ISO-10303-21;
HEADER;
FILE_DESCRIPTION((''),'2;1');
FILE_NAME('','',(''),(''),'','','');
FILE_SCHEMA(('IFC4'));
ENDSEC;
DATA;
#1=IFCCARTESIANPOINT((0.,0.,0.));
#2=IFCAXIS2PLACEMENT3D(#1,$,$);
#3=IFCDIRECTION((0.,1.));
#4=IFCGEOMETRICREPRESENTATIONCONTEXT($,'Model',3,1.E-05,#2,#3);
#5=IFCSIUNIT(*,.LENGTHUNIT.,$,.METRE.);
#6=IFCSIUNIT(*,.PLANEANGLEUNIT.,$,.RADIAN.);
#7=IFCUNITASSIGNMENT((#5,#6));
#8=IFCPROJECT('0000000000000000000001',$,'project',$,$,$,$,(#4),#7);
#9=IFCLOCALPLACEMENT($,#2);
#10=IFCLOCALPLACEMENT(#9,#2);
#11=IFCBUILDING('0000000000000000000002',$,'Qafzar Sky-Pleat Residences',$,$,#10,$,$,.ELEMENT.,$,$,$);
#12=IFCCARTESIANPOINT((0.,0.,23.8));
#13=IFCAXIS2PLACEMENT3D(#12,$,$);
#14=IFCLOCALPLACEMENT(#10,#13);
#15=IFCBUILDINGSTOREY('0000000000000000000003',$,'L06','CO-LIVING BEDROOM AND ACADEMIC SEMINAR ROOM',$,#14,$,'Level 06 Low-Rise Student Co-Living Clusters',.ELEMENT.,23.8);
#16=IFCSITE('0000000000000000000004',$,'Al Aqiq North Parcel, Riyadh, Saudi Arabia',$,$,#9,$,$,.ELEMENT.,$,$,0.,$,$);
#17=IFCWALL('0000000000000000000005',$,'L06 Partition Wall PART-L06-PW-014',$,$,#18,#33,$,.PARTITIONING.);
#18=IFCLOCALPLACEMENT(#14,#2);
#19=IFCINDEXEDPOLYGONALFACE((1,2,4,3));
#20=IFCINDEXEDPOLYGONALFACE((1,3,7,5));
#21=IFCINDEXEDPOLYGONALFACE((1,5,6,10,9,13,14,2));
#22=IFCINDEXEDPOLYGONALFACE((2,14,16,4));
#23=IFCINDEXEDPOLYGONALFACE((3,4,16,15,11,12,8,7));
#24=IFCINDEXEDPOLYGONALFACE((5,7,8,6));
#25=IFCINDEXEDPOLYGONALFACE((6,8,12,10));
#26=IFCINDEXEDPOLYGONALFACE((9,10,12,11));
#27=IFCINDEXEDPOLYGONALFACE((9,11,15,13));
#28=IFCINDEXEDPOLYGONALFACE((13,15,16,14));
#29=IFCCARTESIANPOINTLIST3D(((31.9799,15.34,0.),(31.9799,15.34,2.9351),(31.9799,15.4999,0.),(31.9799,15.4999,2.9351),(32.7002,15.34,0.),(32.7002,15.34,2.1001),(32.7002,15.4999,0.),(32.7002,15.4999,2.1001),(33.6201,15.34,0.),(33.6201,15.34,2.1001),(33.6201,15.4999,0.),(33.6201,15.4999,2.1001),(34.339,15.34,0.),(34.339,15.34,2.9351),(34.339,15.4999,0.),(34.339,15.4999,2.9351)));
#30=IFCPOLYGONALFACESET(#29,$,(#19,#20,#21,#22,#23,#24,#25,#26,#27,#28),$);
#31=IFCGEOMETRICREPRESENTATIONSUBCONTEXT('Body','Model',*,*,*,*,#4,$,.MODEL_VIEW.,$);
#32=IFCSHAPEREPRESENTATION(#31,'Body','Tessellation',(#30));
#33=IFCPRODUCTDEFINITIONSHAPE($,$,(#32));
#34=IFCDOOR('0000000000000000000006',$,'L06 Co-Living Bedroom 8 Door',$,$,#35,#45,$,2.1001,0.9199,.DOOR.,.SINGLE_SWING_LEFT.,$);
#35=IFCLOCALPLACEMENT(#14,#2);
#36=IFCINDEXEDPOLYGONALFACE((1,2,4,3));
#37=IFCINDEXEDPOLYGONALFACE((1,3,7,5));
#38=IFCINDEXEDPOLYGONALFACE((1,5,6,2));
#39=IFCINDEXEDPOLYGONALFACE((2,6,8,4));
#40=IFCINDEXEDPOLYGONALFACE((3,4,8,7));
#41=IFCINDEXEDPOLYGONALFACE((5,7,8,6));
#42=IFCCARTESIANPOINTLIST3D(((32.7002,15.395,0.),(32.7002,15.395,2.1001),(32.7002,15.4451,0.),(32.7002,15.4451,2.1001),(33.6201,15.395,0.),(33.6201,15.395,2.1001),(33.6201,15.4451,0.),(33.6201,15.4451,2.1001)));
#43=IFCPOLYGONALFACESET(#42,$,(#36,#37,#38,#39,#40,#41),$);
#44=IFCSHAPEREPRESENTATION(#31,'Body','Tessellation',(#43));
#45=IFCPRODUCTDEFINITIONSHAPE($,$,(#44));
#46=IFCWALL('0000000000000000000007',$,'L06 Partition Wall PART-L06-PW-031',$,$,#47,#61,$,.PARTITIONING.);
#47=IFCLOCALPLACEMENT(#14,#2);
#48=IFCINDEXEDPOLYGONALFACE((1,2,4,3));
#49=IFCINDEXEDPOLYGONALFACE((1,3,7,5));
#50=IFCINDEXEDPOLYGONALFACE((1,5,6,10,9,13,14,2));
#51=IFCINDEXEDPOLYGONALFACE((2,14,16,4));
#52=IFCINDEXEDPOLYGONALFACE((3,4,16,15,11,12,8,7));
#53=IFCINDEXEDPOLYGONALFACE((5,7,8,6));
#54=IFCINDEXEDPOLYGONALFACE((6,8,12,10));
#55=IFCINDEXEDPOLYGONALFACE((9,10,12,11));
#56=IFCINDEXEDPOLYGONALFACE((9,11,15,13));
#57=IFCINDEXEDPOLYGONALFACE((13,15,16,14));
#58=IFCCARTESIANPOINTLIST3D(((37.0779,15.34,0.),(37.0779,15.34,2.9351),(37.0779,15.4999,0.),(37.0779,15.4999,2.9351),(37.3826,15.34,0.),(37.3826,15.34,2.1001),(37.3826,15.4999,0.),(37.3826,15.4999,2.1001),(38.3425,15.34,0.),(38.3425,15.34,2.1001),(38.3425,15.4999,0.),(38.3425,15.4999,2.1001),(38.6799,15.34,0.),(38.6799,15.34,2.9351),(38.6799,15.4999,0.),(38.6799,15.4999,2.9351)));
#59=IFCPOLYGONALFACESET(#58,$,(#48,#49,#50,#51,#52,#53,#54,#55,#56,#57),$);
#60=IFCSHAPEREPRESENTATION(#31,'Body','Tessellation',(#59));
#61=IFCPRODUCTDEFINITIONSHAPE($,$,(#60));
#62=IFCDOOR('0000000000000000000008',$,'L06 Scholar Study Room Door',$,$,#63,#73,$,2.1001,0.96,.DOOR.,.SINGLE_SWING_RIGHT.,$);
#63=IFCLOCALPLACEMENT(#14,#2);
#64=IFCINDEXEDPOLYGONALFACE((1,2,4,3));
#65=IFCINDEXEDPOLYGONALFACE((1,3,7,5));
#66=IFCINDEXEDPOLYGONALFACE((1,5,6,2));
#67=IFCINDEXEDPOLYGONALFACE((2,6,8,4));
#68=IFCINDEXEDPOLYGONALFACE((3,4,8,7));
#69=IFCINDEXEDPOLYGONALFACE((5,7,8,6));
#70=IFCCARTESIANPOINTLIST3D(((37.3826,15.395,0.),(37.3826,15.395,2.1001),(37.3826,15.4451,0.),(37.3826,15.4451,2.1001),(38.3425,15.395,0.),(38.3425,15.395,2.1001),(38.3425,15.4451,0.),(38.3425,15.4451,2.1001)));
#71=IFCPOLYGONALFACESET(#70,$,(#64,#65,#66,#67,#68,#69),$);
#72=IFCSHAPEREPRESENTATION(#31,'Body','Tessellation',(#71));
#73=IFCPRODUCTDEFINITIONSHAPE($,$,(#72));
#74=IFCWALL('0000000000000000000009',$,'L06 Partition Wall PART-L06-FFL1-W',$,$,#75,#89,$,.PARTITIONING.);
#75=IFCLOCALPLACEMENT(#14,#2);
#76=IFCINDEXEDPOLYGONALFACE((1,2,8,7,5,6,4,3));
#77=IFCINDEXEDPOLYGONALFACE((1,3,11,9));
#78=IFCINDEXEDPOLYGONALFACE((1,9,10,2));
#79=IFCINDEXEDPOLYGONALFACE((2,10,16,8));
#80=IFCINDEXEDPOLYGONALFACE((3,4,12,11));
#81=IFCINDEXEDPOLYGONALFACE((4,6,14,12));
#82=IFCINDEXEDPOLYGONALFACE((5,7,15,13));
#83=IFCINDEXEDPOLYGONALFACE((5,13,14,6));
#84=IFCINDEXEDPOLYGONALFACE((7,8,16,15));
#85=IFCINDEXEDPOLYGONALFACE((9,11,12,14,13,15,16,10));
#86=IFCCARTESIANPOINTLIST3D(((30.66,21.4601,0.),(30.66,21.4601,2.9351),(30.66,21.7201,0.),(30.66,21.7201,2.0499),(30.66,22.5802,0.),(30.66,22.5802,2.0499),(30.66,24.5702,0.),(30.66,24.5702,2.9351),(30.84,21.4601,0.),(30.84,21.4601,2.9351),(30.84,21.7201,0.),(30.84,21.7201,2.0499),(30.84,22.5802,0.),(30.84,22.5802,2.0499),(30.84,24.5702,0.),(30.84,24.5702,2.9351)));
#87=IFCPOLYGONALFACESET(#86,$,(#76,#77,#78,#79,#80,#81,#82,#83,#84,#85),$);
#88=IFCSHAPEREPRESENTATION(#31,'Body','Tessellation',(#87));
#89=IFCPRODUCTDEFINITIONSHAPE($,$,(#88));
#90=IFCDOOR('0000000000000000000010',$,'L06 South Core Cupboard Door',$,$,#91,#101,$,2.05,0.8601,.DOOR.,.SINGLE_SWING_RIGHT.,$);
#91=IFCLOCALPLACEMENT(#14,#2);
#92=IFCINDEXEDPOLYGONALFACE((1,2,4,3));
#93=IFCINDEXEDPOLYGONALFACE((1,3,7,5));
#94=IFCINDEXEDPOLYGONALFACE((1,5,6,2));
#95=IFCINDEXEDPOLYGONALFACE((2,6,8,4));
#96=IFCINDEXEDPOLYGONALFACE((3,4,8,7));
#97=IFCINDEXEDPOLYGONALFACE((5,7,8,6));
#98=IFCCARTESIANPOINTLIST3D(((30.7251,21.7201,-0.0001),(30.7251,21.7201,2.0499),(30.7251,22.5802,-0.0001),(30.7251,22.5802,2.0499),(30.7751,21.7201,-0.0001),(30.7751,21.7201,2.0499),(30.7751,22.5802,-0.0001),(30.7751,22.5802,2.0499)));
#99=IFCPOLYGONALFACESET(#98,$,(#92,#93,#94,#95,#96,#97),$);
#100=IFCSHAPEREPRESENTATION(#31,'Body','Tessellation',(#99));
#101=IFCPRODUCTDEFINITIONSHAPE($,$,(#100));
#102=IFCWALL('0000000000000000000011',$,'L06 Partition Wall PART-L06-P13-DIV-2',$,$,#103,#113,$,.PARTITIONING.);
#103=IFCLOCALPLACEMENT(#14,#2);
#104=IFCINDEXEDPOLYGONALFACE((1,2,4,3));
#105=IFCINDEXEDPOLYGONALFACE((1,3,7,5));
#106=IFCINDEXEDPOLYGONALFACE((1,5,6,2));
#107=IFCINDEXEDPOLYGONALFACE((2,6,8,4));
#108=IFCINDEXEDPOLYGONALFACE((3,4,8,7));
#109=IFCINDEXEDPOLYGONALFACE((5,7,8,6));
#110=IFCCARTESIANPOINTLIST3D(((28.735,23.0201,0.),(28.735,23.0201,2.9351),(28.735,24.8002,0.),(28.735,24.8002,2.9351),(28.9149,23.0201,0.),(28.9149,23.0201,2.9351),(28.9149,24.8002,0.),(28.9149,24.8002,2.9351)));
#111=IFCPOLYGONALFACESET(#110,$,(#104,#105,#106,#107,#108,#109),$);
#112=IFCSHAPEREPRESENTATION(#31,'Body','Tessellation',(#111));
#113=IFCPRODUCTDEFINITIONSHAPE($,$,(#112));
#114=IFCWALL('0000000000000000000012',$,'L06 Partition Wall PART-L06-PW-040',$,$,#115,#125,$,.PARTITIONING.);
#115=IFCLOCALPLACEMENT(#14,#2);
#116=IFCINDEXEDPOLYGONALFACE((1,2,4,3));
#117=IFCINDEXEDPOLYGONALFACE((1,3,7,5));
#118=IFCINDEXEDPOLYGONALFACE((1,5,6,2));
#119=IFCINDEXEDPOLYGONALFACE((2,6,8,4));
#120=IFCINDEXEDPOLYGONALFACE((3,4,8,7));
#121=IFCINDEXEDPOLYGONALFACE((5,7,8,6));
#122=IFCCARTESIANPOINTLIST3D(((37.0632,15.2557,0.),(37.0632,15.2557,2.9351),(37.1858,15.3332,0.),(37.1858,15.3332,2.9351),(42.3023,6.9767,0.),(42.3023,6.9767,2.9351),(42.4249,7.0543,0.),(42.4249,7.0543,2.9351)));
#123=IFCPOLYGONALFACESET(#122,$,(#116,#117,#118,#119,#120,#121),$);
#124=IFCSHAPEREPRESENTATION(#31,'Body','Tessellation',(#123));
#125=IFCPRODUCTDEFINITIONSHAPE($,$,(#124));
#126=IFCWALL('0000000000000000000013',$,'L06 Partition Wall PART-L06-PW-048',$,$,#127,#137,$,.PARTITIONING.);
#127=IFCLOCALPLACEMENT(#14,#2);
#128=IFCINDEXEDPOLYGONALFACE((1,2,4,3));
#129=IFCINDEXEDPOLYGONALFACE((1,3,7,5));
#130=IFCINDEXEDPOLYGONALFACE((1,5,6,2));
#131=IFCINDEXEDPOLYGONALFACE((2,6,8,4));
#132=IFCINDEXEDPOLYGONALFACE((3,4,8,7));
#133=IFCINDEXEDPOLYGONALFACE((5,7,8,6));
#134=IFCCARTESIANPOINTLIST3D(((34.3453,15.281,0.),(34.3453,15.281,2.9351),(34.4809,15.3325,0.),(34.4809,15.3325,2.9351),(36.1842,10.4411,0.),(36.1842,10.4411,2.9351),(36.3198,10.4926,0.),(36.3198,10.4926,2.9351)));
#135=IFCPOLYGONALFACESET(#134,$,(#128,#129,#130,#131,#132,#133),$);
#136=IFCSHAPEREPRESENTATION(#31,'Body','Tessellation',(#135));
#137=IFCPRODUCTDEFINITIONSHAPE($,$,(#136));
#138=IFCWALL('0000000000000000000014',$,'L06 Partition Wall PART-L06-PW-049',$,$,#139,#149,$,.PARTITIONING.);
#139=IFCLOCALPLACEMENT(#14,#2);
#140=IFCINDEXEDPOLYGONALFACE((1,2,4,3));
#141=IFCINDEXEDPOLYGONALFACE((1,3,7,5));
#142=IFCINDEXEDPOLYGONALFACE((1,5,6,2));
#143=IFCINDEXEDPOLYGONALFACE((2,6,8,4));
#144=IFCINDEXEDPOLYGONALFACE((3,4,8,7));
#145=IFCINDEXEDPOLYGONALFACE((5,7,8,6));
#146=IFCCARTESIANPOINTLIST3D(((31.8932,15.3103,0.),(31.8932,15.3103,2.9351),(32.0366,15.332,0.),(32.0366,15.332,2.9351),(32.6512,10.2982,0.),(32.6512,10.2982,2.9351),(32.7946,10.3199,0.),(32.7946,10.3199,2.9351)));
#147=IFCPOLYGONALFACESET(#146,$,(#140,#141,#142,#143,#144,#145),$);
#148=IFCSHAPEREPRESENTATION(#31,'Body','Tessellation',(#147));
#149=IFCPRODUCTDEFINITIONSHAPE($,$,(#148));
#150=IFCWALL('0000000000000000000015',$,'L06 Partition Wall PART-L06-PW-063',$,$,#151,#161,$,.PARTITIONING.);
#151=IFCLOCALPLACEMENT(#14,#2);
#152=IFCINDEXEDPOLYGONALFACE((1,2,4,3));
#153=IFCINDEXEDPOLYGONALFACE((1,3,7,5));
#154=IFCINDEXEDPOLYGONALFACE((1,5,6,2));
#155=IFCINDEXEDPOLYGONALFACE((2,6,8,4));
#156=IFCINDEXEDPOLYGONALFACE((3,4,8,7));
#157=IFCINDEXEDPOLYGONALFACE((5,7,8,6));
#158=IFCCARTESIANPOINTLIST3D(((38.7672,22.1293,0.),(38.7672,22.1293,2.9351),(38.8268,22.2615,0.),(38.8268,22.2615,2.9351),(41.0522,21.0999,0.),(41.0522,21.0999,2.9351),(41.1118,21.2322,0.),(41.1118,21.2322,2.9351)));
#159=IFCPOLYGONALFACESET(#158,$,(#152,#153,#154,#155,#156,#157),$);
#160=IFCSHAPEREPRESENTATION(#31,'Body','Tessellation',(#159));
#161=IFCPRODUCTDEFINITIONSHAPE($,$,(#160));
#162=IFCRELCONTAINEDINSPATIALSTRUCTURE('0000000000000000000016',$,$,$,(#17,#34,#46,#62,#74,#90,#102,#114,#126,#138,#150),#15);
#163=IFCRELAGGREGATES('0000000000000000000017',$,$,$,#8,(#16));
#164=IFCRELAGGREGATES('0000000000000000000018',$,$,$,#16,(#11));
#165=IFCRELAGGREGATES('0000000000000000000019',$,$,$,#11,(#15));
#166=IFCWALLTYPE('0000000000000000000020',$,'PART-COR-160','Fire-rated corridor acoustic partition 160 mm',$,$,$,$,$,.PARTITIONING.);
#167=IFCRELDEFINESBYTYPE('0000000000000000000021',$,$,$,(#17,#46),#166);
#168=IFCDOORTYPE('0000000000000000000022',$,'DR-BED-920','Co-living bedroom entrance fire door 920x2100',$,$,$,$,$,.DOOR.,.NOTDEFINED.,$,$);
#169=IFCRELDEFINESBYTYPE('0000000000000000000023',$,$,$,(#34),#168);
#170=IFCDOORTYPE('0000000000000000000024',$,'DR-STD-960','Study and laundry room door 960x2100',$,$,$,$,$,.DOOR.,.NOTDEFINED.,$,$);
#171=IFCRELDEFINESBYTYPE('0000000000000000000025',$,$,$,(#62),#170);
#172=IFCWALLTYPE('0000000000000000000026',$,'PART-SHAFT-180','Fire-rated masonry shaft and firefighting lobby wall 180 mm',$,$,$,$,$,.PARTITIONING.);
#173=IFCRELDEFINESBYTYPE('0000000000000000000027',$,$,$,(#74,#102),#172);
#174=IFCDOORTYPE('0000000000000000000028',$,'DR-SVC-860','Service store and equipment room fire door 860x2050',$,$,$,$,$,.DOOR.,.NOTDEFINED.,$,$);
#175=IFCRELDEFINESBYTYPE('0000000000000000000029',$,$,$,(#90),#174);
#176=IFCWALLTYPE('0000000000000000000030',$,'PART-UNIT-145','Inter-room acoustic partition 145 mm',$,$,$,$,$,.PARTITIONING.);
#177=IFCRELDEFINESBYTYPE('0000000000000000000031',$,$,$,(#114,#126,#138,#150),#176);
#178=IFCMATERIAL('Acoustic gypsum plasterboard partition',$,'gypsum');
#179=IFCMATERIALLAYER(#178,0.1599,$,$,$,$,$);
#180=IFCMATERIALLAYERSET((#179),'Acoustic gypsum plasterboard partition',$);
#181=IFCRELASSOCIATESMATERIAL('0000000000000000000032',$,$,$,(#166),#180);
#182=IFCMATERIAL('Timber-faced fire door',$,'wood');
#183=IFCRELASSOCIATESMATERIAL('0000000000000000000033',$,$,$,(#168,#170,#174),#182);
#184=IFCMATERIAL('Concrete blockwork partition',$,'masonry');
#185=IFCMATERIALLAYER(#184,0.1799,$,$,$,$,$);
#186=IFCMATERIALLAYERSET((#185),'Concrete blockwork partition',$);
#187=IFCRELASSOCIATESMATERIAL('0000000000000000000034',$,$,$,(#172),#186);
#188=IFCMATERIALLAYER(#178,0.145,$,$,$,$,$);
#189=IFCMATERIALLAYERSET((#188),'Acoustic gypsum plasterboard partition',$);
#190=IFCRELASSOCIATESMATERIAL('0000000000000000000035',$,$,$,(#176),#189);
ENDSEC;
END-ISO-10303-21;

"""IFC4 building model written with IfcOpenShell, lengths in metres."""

from ifc_helpers import new_model, si_unit, direction, frame, frame_2d, origin, place, context, subcontext, project, spatial, rectangle, extrude, source, transform, mapped, material, layer, layer_set, type_object, element, fill, save


model = new_model("IFC4")

# Units and contexts
model_context = context("Model", 3, precision=1e-05, world=origin(), true_north=direction((0.0, 1.0)))
body_context = subcontext(model_context, "Body", "Model", "MODEL_VIEW")
ifc_project = project(units=[si_unit("LENGTHUNIT", "METRE"), si_unit("PLANEANGLEUNIT", "RADIAN")], contexts=[model_context])

# Site, building, storey
site_placement = place(None, origin())
site = spatial("IfcSite", under=ifc_project, at=site_placement, Name="Al Aqiq North Parcel, Riyadh, Saudi Arabia", CompositionType="ELEMENT", RefElevation=0.0)
building_placement = place(site_placement, origin())
building = spatial("IfcBuilding", under=site, at=building_placement, Name="Qafzar Sky-Pleat Residences", CompositionType="ELEMENT")
storey_placement = place(building_placement, frame((0.0, 0.0, 23.8)))
storey = spatial("IfcBuildingStorey", under=building, at=storey_placement, Name="L06", Description="CO-LIVING BEDROOM AND ACADEMIC SEMINAR ROOM", LongName="Level 06 Low-Rise Student Co-Living Clusters", CompositionType="ELEMENT", Elevation=23.8)

# Walls, openings, doors
ifc_material_1 = material(Name="Acoustic gypsum plasterboard partition", Category="gypsum")
ifc_layer_1 = layer(ifc_material_1, 0.1599)
ifc_layer_set_1 = layer_set([ifc_layer_1], Name="Acoustic gypsum plasterboard partition")
wall_type_1 = type_object("IfcWallType", Name="PART-COR-160", Description="Fire-rated corridor acoustic partition 160 mm", PredefinedType="PARTITIONING", material=ifc_layer_set_1)
ifc_material_2 = material(Name="Timber-faced fire door", Category="wood")
door_type_1 = type_object("IfcDoorType", Name="DR-BED-920", Description="Co-living bedroom entrance fire door 920x2100", OperationType="NOTDEFINED", PredefinedType="DOOR", material=ifc_material_2)
shared_shape_1 = source(origin(), body_context, "Body", "SweptSolid", [
    extrude(rectangle(XDim=0.9199, YDim=2.1001, at=frame_2d((0.46, 1.05))), frame((0.0, 0.0249, 0.0), z_axis=(0.0, -1.0, 0.0), x_axis=(1.0, 0.0, 0.0)), (0.0, 0.0, 1.0), 0.05),
])
wall_1_placement = place(storey_placement, frame((34.3391, 15.4199, 0.0), z_axis=(0.0, 0.0, 1.0), x_axis=(-1.0, 0.0, 0.0)))
wall_1 = element("IfcWall", 1, at=wall_1_placement, inside=storey, type_object=wall_type_1, Name="L06 Partition Wall PART-L06-PW-014", PredefinedType="PARTITIONING", context=body_context, shape_type="SweptSolid", body=[
    extrude(rectangle(XDim=2.3591, YDim=0.1599, at=frame_2d((1.1797, 0.0))), origin(), (0.0, 0.0, 1.0), 2.9351),
])
opening_1_placement = place(wall_1_placement, frame((0.719, 0.0, 0.0)))
opening_1 = element("IfcOpeningElement", 2, at=opening_1_placement, cuts=wall_1, PredefinedType="OPENING", context=body_context, shape_type="SweptSolid", body=[
    extrude(rectangle(XDim=0.9199, YDim=2.1001, at=frame_2d((0.46, 1.05))), frame((0.0, 0.0898, 0.0), z_axis=(0.0, -1.0, 0.0), x_axis=(1.0, 0.0, 0.0)), (0.0, 0.0, 1.0), 0.1799),
])
door_1_placement = place(opening_1_placement, origin())
door_1 = element("IfcDoor", 3, at=door_1_placement, inside=storey, type_object=door_type_1, Name="L06 Co-Living Bedroom 8 Door", OperationType="SINGLE_SWING_LEFT", OverallHeight=2.1001, OverallWidth=0.9199, PredefinedType="DOOR", context=body_context, shape_type="MappedRepresentation", body=[
    mapped(shared_shape_1, transform((0.0, 0.0, 0.0), x_axis=(1.0, 0.0, 0.0), y_axis=(0.0, 1.0, 0.0), z_axis=(0.0, 0.0, 1.0), scale=1.0)),
])
fill(opening_1, door_1)
wall_2_placement = place(storey_placement, frame((38.6799, 15.4199, 0.0), z_axis=(0.0, 0.0, 1.0), x_axis=(-1.0, 0.0, 0.0)))
wall_2 = element("IfcWall", 4, at=wall_2_placement, inside=storey, type_object=wall_type_1, Name="L06 Partition Wall PART-L06-PW-031", PredefinedType="PARTITIONING", context=body_context, shape_type="SweptSolid", body=[
    extrude(rectangle(XDim=1.6021, YDim=0.1599, at=frame_2d((0.801, 0.0))), origin(), (0.0, 0.0, 1.0), 2.9351),
])
opening_2_placement = place(wall_2_placement, frame((0.3374, 0.0, 0.0)))
opening_2 = element("IfcOpeningElement", 5, at=opening_2_placement, cuts=wall_2, PredefinedType="OPENING", context=body_context, shape_type="SweptSolid", body=[
    extrude(rectangle(XDim=0.96, YDim=2.1001, at=frame_2d((0.48, 1.05))), frame((0.0, 0.0898, 0.0), z_axis=(0.0, -1.0, 0.0), x_axis=(1.0, 0.0, 0.0)), (0.0, 0.0, 1.0), 0.1799),
])
door_type_2 = type_object("IfcDoorType", Name="DR-STD-960", Description="Study and laundry room door 960x2100", OperationType="NOTDEFINED", PredefinedType="DOOR", material=ifc_material_2)
shared_shape_2 = source(origin(), body_context, "Body", "SweptSolid", [
    extrude(rectangle(XDim=0.96, YDim=2.1001, at=frame_2d((0.48, 1.05))), frame((0.0, 0.0249, 0.0), z_axis=(0.0, -1.0, 0.0), x_axis=(1.0, 0.0, 0.0)), (0.0, 0.0, 1.0), 0.05),
])
door_2_placement = place(opening_2_placement, origin())
door_2 = element("IfcDoor", 6, at=door_2_placement, inside=storey, type_object=door_type_2, Name="L06 Scholar Study Room Door", OperationType="SINGLE_SWING_RIGHT", OverallHeight=2.1001, OverallWidth=0.96, PredefinedType="DOOR", context=body_context, shape_type="MappedRepresentation", body=[
    mapped(shared_shape_2, transform((0.0, 0.0, 0.0), x_axis=(1.0, 0.0, 0.0), y_axis=(0.0, 1.0, 0.0), z_axis=(0.0, 0.0, 1.0), scale=1.0)),
])
fill(opening_2, door_2)
ifc_material_3 = material(Name="Concrete blockwork partition", Category="masonry")
ifc_layer_2 = layer(ifc_material_3, 0.1799)
ifc_layer_set_2 = layer_set([ifc_layer_2], Name="Concrete blockwork partition")
wall_type_2 = type_object("IfcWallType", Name="PART-SHAFT-180", Description="Fire-rated masonry shaft and firefighting lobby wall 180 mm", PredefinedType="PARTITIONING", material=ifc_layer_set_2)
wall_3_placement = place(storey_placement, frame((30.75, 21.46, 0.0), z_axis=(0.0, 0.0, 1.0), x_axis=(0.0, 1.0, 0.0)))
wall_3 = element("IfcWall", 7, at=wall_3_placement, inside=storey, type_object=wall_type_2, Name="L06 Partition Wall PART-L06-FFL1-W", PredefinedType="PARTITIONING", context=body_context, shape_type="SweptSolid", body=[
    extrude(rectangle(XDim=3.1101, YDim=0.1799, at=frame_2d((1.5552, 0.0))), origin(), (0.0, 0.0, 1.0), 2.9351),
])
opening_3_placement = place(wall_3_placement, frame((0.26, 0.0, 0.0)))
opening_3 = element("IfcOpeningElement", 8, at=opening_3_placement, cuts=wall_3, PredefinedType="OPENING", context=body_context, shape_type="SweptSolid", body=[
    extrude(rectangle(XDim=0.8601, YDim=2.05, at=frame_2d((0.4302, 1.0249))), frame((0.0, 0.1001, 0.0), z_axis=(0.0, -1.0, 0.0), x_axis=(1.0, 0.0, 0.0)), (0.0, 0.0, 1.0), 0.2),
])
door_type_3 = type_object("IfcDoorType", Name="DR-SVC-860", Description="Service store and equipment room fire door 860x2050", OperationType="NOTDEFINED", PredefinedType="DOOR", material=ifc_material_2)
shared_shape_3 = source(origin(), body_context, "Body", "SweptSolid", [
    extrude(rectangle(XDim=0.8601, YDim=2.05, at=frame_2d((0.4302, 1.0249))), frame((0.0, 0.0249, 0.0), z_axis=(0.0, -1.0, 0.0), x_axis=(1.0, 0.0, 0.0)), (0.0, 0.0, 1.0), 0.05),
])
door_3_placement = place(opening_3_placement, origin())
door_3 = element("IfcDoor", 9, at=door_3_placement, inside=storey, type_object=door_type_3, Name="L06 South Core Cupboard Door", OperationType="SINGLE_SWING_RIGHT", OverallHeight=2.05, OverallWidth=0.8601, PredefinedType="DOOR", context=body_context, shape_type="MappedRepresentation", body=[
    mapped(shared_shape_3, transform((0.0, 0.0, 0.0), x_axis=(1.0, 0.0, 0.0), y_axis=(0.0, 1.0, 0.0), z_axis=(0.0, 0.0, 1.0), scale=1.0)),
])
fill(opening_3, door_3)

# Walls
wall_4_placement = place(storey_placement, frame((28.825, 23.02, 0.0), z_axis=(0.0, 0.0, 1.0), x_axis=(0.0, 1.0, 0.0)))
element("IfcWall", 10, at=wall_4_placement, inside=storey, type_object=wall_type_2, Name="L06 Partition Wall PART-L06-P13-DIV-2", PredefinedType="PARTITIONING", context=body_context, shape_type="SweptSolid", body=[
    extrude(rectangle(XDim=1.78, YDim=0.1799, at=frame_2d((0.8901, 0.0))), origin(), (0.0, 0.0, 1.0), 2.9351),
])
ifc_layer_3 = layer(ifc_material_1, 0.145)
ifc_layer_set_3 = layer_set([ifc_layer_3], Name="Acoustic gypsum plasterboard partition")
wall_type_3 = type_object("IfcWallType", Name="PART-UNIT-145", Description="Inter-room acoustic partition 145 mm", PredefinedType="PARTITIONING", material=ifc_layer_set_3)
wall_5_placement = place(storey_placement, frame((37.1245, 15.2944, 0.0), z_axis=(0.0, 0.0, 1.0), x_axis=(0.534744, -0.845014, 0.0)))
element("IfcWall", 11, at=wall_5_placement, inside=storey, type_object=wall_type_3, Name="L06 Partition Wall PART-L06-PW-040", PredefinedType="PARTITIONING", context=body_context, shape_type="SweptSolid", body=[
    extrude(rectangle(XDim=9.7974, YDim=0.145, at=frame_2d((4.8987, 0.0))), origin(), (0.0, 0.0, 1.0), 2.9351),
])
wall_6_placement = place(storey_placement, frame((34.4131, 15.3069, 0.0), z_axis=(0.0, 0.0, 1.0), x_axis=(0.355172, -0.934801, 0.0)))
element("IfcWall", 12, at=wall_6_placement, inside=storey, type_object=wall_type_3, Name="L06 Partition Wall PART-L06-PW-048", PredefinedType="PARTITIONING", context=body_context, shape_type="SweptSolid", body=[
    extrude(rectangle(XDim=5.1775, YDim=0.145, at=frame_2d((2.5889, 0.0))), origin(), (0.0, 0.0, 1.0), 2.9351),
])
wall_7_placement = place(storey_placement, frame((31.9648, 15.3213, 0.0), z_axis=(0.0, 0.0, 1.0), x_axis=(0.149541, -0.988755, 0.0)))
element("IfcWall", 13, at=wall_7_placement, inside=storey, type_object=wall_type_3, Name="L06 Partition Wall PART-L06-PW-049", PredefinedType="PARTITIONING", context=body_context, shape_type="SweptSolid", body=[
    extrude(rectangle(XDim=5.0691, YDim=0.145, at=frame_2d((2.5347, 0.0))), origin(), (0.0, 0.0, 1.0), 2.9351),
])
wall_8_placement = place(storey_placement, frame((38.7971, 22.1953, 0.0), z_axis=(0.0, 0.0, 1.0), x_axis=(0.911759, -0.410725, 0.0)))
element("IfcWall", 14, at=wall_8_placement, inside=storey, type_object=wall_type_3, Name="L06 Partition Wall PART-L06-PW-063", PredefinedType="PARTITIONING", context=body_context, shape_type="SweptSolid", body=[
    extrude(rectangle(XDim=2.5061, YDim=0.145, at=frame_2d((1.2529, 0.0))), origin(), (0.0, 0.0, 1.0), 2.9351),
])

save(model, "model.ifc")
